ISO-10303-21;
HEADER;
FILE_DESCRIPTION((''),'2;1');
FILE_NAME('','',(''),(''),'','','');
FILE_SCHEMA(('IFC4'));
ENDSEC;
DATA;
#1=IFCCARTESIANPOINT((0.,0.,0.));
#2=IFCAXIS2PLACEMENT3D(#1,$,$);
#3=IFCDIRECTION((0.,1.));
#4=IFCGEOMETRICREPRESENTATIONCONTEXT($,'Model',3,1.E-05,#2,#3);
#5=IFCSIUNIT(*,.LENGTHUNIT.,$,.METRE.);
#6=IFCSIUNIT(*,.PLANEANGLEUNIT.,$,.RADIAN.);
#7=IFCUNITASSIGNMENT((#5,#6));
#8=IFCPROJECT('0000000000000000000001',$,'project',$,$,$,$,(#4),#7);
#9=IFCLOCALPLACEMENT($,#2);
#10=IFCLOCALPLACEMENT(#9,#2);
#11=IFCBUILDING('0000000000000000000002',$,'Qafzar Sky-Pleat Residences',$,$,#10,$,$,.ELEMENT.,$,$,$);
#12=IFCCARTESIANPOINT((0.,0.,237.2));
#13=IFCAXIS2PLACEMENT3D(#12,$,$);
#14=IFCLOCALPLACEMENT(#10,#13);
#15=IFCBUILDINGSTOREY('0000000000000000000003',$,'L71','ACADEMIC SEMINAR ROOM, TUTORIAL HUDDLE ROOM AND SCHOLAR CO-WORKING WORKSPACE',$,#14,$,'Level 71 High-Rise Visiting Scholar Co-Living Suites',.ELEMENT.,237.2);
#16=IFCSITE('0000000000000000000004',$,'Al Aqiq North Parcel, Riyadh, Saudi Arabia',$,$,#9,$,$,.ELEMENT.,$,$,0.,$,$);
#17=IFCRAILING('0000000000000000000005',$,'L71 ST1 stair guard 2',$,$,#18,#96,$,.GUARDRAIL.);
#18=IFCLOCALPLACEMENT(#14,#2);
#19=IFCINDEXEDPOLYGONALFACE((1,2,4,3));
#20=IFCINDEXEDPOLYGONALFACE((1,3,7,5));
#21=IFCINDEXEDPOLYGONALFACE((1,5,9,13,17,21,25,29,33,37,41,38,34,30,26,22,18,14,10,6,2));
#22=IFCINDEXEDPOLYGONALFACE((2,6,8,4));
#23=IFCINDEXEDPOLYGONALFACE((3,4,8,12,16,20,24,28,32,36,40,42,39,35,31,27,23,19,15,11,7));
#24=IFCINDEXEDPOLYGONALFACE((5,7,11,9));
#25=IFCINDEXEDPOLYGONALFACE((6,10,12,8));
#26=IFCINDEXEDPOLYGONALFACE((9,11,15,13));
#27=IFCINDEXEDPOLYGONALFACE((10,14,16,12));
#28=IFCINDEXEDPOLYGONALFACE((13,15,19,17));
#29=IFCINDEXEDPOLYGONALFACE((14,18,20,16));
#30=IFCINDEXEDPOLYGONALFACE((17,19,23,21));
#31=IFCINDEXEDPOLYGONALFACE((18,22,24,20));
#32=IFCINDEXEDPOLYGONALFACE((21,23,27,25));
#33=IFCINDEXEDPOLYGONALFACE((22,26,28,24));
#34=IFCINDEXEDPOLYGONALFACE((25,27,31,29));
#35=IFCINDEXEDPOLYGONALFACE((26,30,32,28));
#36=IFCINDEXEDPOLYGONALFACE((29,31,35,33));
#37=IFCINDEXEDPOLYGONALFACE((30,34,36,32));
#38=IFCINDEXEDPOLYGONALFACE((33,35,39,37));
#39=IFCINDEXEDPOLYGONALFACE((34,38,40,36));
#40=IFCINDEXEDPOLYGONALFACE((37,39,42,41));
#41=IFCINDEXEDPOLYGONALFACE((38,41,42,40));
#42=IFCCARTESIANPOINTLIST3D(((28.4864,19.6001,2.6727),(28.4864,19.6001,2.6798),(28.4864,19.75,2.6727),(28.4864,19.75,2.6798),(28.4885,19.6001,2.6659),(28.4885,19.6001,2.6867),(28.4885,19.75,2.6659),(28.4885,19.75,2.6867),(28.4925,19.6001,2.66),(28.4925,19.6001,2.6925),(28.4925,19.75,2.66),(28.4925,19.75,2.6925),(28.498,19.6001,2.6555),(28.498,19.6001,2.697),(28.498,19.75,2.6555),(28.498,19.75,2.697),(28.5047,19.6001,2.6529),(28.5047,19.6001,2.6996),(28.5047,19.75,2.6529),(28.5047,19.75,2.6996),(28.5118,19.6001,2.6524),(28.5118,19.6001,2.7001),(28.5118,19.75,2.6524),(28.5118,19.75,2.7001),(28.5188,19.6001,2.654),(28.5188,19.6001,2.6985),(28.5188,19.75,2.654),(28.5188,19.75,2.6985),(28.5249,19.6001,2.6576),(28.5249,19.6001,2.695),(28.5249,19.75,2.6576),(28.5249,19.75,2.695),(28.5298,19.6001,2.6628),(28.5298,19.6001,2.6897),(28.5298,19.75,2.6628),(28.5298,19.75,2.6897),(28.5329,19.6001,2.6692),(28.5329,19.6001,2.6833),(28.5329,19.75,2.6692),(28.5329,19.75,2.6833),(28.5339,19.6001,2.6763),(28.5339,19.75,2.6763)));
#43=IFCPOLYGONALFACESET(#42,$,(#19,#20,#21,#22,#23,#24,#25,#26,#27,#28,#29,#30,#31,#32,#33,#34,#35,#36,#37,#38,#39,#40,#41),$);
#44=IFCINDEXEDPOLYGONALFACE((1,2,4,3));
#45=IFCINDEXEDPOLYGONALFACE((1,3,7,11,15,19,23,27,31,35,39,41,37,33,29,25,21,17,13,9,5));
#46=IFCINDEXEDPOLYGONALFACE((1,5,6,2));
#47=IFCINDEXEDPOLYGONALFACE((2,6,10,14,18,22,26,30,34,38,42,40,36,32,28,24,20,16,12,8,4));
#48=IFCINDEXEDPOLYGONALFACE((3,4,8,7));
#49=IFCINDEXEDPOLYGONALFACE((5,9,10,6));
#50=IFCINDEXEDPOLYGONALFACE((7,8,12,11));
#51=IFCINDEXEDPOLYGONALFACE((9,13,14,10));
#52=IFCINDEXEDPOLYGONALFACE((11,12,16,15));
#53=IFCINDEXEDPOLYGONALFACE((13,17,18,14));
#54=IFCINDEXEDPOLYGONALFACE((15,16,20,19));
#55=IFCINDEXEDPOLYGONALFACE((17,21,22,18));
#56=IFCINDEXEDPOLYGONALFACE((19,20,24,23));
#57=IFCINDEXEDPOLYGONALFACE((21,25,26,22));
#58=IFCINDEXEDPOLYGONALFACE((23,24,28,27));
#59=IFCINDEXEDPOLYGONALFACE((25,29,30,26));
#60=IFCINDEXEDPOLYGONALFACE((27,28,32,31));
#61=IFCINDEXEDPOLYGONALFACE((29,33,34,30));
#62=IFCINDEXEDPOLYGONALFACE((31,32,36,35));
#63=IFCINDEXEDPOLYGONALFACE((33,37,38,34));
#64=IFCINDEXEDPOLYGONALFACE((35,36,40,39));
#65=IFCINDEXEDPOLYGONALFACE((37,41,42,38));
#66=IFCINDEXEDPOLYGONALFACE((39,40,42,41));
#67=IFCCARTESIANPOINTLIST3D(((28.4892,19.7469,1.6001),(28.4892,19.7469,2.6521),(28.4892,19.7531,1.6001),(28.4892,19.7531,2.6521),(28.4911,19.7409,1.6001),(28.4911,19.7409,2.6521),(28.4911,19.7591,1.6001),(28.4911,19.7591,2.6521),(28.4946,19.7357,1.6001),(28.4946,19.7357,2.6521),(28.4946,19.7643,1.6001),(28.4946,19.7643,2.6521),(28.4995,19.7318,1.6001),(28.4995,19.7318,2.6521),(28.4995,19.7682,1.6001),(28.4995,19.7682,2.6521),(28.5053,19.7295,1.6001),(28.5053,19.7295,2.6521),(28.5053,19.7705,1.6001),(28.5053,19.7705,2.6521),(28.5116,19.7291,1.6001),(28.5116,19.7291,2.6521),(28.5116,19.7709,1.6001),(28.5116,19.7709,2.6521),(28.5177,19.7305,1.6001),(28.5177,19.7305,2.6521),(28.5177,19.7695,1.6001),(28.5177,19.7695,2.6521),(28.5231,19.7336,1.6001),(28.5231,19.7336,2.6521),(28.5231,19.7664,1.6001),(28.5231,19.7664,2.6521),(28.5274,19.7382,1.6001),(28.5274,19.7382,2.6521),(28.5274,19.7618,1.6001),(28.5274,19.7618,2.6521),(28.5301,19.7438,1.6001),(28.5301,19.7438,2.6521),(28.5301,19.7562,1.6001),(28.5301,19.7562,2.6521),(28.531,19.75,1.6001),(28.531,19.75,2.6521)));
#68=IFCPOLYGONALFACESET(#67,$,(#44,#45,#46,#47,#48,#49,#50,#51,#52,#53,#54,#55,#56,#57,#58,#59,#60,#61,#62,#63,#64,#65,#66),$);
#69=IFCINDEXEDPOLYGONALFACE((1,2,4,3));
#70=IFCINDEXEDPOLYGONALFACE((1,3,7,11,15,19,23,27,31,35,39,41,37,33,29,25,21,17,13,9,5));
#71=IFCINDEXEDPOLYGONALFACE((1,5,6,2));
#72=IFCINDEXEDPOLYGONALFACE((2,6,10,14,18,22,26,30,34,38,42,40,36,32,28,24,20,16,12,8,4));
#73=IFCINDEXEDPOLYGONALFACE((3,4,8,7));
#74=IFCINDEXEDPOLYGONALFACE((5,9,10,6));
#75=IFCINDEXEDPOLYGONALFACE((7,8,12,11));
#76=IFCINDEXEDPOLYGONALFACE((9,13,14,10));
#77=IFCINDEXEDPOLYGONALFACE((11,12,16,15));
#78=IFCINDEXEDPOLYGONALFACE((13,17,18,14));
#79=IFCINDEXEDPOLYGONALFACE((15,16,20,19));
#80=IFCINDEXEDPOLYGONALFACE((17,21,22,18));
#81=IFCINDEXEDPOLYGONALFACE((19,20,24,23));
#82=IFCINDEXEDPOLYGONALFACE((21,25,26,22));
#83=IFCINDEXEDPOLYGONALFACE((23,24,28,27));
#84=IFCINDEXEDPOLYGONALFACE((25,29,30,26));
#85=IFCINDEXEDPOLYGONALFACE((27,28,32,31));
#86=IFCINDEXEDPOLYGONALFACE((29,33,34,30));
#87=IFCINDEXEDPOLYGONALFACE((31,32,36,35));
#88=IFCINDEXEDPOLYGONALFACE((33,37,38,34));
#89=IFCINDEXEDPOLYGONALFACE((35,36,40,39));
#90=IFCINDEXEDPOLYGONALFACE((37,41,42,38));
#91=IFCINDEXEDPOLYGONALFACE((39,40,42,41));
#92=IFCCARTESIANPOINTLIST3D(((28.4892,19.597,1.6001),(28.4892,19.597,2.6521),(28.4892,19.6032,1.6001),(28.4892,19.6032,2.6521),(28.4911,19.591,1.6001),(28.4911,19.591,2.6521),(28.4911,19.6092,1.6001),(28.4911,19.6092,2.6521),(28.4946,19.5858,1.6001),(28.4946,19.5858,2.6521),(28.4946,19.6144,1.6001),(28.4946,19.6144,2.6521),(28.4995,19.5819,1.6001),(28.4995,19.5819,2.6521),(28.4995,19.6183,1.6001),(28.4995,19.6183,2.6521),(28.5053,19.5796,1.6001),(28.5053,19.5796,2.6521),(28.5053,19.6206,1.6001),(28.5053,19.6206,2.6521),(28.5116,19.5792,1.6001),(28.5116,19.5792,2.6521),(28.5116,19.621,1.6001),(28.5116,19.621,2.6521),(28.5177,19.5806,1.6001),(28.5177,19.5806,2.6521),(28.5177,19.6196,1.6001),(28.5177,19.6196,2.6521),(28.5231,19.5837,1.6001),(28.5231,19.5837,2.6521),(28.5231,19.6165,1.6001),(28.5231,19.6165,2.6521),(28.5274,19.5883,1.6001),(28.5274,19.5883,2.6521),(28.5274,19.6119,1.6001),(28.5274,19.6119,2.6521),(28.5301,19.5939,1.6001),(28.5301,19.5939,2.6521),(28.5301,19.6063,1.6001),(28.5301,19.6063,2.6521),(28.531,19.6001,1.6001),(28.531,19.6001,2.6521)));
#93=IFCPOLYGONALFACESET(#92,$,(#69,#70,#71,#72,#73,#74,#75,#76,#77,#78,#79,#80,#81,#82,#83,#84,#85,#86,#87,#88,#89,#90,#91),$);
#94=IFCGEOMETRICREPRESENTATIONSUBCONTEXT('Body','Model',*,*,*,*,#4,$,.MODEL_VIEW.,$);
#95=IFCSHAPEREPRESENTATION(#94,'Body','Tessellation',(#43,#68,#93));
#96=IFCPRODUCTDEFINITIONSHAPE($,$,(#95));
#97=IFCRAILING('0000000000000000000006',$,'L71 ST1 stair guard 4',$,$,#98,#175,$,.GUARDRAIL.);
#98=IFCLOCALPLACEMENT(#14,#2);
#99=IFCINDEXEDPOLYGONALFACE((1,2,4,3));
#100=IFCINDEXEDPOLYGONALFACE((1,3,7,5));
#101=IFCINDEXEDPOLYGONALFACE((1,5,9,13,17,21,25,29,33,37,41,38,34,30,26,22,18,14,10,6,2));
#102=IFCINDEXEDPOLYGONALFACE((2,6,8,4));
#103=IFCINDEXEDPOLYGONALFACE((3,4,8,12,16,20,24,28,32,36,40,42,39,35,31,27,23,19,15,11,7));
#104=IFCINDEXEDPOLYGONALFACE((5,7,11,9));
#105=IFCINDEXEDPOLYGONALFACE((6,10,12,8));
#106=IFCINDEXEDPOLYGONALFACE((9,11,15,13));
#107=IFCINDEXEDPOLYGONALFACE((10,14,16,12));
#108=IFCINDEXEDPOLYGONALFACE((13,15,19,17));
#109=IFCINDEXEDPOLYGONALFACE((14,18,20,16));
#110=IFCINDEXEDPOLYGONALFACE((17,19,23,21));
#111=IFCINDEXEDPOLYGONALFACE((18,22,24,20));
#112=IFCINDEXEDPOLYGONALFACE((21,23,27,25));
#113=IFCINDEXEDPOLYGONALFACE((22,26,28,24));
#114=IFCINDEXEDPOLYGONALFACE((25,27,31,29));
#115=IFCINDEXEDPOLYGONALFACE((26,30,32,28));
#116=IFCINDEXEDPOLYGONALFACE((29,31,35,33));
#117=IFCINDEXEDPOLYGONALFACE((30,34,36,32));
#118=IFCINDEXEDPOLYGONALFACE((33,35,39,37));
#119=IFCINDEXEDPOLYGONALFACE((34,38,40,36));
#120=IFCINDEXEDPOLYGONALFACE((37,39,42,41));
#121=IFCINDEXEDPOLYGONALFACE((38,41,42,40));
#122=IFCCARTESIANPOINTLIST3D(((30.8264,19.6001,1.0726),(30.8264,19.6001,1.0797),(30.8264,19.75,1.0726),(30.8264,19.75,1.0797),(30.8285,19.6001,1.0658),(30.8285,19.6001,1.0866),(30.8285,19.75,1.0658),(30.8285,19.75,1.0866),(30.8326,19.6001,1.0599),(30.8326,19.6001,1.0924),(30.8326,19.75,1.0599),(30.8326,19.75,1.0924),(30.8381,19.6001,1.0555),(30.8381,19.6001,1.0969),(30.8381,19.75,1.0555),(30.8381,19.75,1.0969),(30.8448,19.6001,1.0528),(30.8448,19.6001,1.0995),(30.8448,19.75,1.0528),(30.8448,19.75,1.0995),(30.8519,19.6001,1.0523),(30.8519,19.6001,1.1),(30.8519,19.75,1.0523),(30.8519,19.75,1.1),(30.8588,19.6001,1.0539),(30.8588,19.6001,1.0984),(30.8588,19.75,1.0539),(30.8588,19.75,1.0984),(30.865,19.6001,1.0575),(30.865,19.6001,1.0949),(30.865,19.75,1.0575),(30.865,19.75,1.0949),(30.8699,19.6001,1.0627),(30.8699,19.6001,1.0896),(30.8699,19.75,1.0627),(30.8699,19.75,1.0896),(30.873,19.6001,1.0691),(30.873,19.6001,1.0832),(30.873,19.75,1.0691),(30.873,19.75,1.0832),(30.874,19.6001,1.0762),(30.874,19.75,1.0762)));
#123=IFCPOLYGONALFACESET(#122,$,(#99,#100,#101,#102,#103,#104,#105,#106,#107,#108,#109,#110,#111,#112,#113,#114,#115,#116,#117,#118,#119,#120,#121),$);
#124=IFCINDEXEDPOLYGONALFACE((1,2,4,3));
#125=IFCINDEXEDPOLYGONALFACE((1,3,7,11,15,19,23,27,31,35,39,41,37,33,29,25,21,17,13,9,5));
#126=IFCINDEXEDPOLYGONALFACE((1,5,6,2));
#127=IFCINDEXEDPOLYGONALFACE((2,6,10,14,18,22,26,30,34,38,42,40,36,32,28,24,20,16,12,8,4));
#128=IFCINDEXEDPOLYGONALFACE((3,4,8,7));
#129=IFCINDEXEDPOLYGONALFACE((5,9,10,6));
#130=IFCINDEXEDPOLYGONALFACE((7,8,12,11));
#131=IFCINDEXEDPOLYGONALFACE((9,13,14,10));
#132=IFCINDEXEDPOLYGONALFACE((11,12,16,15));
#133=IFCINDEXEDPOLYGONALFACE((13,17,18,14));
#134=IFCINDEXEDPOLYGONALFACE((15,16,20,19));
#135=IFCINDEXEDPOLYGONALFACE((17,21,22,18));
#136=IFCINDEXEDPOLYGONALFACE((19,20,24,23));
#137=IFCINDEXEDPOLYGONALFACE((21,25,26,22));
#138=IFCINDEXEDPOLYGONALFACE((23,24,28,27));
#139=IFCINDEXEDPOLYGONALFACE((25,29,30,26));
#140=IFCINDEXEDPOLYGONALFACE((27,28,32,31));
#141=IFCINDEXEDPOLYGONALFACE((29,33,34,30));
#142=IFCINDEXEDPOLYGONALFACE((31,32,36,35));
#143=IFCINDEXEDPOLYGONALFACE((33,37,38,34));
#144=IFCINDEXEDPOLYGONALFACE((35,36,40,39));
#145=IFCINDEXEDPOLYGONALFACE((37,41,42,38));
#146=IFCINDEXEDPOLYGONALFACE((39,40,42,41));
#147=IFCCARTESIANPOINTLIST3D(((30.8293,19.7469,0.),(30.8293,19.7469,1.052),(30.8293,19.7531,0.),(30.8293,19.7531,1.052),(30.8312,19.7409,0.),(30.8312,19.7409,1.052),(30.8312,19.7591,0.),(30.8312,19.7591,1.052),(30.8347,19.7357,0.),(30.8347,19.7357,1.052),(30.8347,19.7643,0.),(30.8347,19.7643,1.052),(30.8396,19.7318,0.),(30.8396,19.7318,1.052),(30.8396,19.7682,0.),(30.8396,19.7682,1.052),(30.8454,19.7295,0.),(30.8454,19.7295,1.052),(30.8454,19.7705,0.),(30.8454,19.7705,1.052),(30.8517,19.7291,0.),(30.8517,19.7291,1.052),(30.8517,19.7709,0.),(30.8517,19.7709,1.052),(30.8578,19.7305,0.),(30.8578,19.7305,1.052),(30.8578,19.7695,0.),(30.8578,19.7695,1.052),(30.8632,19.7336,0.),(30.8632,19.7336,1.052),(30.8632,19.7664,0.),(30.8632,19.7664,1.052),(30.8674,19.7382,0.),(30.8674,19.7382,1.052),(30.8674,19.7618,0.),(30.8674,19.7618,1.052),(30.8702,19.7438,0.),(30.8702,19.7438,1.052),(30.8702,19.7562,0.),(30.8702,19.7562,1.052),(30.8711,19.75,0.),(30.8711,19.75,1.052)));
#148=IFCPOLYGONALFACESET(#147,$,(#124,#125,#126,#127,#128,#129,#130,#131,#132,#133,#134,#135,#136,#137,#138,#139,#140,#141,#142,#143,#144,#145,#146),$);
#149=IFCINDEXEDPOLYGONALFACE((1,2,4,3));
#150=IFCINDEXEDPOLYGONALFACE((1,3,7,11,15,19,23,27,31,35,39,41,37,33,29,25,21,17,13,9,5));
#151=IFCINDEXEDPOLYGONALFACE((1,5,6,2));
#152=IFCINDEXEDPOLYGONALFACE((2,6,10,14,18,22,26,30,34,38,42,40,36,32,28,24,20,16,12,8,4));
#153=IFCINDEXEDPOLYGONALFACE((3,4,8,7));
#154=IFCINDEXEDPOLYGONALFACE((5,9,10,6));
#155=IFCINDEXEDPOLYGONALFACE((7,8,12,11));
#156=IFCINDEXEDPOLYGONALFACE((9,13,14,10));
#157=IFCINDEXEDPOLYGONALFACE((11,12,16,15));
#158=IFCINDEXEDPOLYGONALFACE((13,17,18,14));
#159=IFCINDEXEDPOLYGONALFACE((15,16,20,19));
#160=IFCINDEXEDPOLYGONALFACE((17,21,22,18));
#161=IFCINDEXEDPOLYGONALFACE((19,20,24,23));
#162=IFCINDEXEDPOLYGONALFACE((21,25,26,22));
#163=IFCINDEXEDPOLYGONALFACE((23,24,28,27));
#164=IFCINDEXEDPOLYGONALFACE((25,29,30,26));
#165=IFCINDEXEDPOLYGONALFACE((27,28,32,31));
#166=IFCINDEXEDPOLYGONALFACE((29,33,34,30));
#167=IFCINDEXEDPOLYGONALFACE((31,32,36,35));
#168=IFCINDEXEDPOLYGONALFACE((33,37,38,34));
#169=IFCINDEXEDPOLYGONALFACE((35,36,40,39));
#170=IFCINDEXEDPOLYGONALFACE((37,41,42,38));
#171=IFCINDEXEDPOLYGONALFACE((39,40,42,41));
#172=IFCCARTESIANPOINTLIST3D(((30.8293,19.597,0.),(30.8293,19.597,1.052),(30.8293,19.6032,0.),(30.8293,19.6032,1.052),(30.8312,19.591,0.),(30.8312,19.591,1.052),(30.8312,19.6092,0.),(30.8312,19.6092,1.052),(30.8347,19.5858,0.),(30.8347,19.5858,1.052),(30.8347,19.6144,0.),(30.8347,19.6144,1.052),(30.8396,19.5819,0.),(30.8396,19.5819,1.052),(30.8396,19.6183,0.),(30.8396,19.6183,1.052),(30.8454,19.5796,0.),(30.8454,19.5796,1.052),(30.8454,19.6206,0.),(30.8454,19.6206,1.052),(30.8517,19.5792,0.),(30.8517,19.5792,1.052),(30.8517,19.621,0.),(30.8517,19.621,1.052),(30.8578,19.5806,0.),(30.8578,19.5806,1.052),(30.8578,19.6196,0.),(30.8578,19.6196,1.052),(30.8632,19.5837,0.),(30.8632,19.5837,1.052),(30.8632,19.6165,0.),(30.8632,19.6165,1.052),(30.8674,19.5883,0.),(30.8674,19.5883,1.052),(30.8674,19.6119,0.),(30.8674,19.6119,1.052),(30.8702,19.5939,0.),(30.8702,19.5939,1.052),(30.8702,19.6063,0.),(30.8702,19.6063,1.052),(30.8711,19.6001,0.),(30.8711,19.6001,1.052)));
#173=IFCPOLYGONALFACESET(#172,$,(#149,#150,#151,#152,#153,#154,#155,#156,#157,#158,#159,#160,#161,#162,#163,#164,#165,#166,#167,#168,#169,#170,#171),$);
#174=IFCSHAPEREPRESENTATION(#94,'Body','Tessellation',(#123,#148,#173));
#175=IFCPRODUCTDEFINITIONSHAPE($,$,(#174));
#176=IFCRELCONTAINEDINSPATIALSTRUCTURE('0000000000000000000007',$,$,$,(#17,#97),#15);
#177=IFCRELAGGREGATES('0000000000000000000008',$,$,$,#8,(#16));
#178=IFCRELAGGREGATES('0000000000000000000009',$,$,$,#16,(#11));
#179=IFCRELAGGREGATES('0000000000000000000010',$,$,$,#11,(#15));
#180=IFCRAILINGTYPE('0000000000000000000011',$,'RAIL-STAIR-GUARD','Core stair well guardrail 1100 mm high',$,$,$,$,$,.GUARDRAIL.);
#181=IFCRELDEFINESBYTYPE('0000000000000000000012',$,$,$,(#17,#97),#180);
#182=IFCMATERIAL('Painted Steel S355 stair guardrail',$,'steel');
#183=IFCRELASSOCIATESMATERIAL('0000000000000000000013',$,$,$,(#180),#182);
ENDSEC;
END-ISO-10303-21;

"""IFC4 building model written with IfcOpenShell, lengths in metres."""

from ifc_helpers import new_model, si_unit, direction, frame, origin, origin_2d, place, context, subcontext, project, spatial, circle, extrude, source, transform, mapped, material, type_object, element, save


model = new_model("IFC4")

# Units and contexts
model_context = context("Model", 3, precision=1e-05, world=origin(), true_north=direction((0.0, 1.0)))
body_context = subcontext(model_context, "Body", "Model", "MODEL_VIEW")
ifc_project = project(units=[si_unit("LENGTHUNIT", "METRE"), si_unit("PLANEANGLEUNIT", "RADIAN")], contexts=[model_context])

# Site, building, storey
site_placement = place(None, origin())
site = spatial("IfcSite", under=ifc_project, at=site_placement, Name="Al Aqiq North Parcel, Riyadh, Saudi Arabia", CompositionType="ELEMENT", RefElevation=0.0)
building_placement = place(site_placement, origin())
building = spatial("IfcBuilding", under=site, at=building_placement, Name="Qafzar Sky-Pleat Residences", CompositionType="ELEMENT")
storey_placement = place(building_placement, frame((0.0, 0.0, 237.2)))
storey = spatial("IfcBuildingStorey", under=building, at=storey_placement, Name="L71", Description="ACADEMIC SEMINAR ROOM, TUTORIAL HUDDLE ROOM AND SCHOLAR CO-WORKING WORKSPACE", LongName="Level 71 High-Rise Visiting Scholar Co-Living Suites", CompositionType="ELEMENT", Elevation=237.2)

# Railings
ifc_material_1 = material(Name="Painted Steel S355 stair guardrail", Category="steel")
railing_type_1 = type_object("IfcRailingType", Name="RAIL-STAIR-GUARD", Description="Core stair well guardrail 1100 mm high", PredefinedType="GUARDRAIL", material=ifc_material_1)
shared_shape_1 = source(origin(), body_context, "Body", "SweptSolid", [
    extrude(circle(Radius=0.0239, at=origin_2d()), frame((0.0, 0.0, 1.0762), z_axis=(0.0, -1.0, 0.0), x_axis=(1.0, 0.0, 0.0)), (0.0, 0.0, 1.0), 0.1499),
    extrude(circle(Radius=0.021, at=origin_2d()), origin(), (0.0, 0.0, 1.0), 1.052),
    extrude(circle(Radius=0.021, at=origin_2d()), frame((0.0, -0.1499, 0.0)), (0.0, 0.0, 1.0), 1.052),
])
for number, where, name in (
    (1, (28.51, 19.75, 1.6001), "L71 ST1 stair guard 2"),
    (2, (30.8501, 19.75, 0.0), "L71 ST1 stair guard 4"),
):
    element("IfcRailing", number, at=place(storey_placement, frame(where)), inside=storey, type_object=railing_type_1, Name=name, PredefinedType="GUARDRAIL", context=body_context, shape_type="MappedRepresentation", body=[
        mapped(shared_shape_1, transform((0.0, 0.0, 0.0), x_axis=(1.0, 0.0, 0.0), y_axis=(0.0, 1.0, 0.0), z_axis=(0.0, 0.0, 1.0), scale=1.0)),
    ])

save(model, "model.ifc")
